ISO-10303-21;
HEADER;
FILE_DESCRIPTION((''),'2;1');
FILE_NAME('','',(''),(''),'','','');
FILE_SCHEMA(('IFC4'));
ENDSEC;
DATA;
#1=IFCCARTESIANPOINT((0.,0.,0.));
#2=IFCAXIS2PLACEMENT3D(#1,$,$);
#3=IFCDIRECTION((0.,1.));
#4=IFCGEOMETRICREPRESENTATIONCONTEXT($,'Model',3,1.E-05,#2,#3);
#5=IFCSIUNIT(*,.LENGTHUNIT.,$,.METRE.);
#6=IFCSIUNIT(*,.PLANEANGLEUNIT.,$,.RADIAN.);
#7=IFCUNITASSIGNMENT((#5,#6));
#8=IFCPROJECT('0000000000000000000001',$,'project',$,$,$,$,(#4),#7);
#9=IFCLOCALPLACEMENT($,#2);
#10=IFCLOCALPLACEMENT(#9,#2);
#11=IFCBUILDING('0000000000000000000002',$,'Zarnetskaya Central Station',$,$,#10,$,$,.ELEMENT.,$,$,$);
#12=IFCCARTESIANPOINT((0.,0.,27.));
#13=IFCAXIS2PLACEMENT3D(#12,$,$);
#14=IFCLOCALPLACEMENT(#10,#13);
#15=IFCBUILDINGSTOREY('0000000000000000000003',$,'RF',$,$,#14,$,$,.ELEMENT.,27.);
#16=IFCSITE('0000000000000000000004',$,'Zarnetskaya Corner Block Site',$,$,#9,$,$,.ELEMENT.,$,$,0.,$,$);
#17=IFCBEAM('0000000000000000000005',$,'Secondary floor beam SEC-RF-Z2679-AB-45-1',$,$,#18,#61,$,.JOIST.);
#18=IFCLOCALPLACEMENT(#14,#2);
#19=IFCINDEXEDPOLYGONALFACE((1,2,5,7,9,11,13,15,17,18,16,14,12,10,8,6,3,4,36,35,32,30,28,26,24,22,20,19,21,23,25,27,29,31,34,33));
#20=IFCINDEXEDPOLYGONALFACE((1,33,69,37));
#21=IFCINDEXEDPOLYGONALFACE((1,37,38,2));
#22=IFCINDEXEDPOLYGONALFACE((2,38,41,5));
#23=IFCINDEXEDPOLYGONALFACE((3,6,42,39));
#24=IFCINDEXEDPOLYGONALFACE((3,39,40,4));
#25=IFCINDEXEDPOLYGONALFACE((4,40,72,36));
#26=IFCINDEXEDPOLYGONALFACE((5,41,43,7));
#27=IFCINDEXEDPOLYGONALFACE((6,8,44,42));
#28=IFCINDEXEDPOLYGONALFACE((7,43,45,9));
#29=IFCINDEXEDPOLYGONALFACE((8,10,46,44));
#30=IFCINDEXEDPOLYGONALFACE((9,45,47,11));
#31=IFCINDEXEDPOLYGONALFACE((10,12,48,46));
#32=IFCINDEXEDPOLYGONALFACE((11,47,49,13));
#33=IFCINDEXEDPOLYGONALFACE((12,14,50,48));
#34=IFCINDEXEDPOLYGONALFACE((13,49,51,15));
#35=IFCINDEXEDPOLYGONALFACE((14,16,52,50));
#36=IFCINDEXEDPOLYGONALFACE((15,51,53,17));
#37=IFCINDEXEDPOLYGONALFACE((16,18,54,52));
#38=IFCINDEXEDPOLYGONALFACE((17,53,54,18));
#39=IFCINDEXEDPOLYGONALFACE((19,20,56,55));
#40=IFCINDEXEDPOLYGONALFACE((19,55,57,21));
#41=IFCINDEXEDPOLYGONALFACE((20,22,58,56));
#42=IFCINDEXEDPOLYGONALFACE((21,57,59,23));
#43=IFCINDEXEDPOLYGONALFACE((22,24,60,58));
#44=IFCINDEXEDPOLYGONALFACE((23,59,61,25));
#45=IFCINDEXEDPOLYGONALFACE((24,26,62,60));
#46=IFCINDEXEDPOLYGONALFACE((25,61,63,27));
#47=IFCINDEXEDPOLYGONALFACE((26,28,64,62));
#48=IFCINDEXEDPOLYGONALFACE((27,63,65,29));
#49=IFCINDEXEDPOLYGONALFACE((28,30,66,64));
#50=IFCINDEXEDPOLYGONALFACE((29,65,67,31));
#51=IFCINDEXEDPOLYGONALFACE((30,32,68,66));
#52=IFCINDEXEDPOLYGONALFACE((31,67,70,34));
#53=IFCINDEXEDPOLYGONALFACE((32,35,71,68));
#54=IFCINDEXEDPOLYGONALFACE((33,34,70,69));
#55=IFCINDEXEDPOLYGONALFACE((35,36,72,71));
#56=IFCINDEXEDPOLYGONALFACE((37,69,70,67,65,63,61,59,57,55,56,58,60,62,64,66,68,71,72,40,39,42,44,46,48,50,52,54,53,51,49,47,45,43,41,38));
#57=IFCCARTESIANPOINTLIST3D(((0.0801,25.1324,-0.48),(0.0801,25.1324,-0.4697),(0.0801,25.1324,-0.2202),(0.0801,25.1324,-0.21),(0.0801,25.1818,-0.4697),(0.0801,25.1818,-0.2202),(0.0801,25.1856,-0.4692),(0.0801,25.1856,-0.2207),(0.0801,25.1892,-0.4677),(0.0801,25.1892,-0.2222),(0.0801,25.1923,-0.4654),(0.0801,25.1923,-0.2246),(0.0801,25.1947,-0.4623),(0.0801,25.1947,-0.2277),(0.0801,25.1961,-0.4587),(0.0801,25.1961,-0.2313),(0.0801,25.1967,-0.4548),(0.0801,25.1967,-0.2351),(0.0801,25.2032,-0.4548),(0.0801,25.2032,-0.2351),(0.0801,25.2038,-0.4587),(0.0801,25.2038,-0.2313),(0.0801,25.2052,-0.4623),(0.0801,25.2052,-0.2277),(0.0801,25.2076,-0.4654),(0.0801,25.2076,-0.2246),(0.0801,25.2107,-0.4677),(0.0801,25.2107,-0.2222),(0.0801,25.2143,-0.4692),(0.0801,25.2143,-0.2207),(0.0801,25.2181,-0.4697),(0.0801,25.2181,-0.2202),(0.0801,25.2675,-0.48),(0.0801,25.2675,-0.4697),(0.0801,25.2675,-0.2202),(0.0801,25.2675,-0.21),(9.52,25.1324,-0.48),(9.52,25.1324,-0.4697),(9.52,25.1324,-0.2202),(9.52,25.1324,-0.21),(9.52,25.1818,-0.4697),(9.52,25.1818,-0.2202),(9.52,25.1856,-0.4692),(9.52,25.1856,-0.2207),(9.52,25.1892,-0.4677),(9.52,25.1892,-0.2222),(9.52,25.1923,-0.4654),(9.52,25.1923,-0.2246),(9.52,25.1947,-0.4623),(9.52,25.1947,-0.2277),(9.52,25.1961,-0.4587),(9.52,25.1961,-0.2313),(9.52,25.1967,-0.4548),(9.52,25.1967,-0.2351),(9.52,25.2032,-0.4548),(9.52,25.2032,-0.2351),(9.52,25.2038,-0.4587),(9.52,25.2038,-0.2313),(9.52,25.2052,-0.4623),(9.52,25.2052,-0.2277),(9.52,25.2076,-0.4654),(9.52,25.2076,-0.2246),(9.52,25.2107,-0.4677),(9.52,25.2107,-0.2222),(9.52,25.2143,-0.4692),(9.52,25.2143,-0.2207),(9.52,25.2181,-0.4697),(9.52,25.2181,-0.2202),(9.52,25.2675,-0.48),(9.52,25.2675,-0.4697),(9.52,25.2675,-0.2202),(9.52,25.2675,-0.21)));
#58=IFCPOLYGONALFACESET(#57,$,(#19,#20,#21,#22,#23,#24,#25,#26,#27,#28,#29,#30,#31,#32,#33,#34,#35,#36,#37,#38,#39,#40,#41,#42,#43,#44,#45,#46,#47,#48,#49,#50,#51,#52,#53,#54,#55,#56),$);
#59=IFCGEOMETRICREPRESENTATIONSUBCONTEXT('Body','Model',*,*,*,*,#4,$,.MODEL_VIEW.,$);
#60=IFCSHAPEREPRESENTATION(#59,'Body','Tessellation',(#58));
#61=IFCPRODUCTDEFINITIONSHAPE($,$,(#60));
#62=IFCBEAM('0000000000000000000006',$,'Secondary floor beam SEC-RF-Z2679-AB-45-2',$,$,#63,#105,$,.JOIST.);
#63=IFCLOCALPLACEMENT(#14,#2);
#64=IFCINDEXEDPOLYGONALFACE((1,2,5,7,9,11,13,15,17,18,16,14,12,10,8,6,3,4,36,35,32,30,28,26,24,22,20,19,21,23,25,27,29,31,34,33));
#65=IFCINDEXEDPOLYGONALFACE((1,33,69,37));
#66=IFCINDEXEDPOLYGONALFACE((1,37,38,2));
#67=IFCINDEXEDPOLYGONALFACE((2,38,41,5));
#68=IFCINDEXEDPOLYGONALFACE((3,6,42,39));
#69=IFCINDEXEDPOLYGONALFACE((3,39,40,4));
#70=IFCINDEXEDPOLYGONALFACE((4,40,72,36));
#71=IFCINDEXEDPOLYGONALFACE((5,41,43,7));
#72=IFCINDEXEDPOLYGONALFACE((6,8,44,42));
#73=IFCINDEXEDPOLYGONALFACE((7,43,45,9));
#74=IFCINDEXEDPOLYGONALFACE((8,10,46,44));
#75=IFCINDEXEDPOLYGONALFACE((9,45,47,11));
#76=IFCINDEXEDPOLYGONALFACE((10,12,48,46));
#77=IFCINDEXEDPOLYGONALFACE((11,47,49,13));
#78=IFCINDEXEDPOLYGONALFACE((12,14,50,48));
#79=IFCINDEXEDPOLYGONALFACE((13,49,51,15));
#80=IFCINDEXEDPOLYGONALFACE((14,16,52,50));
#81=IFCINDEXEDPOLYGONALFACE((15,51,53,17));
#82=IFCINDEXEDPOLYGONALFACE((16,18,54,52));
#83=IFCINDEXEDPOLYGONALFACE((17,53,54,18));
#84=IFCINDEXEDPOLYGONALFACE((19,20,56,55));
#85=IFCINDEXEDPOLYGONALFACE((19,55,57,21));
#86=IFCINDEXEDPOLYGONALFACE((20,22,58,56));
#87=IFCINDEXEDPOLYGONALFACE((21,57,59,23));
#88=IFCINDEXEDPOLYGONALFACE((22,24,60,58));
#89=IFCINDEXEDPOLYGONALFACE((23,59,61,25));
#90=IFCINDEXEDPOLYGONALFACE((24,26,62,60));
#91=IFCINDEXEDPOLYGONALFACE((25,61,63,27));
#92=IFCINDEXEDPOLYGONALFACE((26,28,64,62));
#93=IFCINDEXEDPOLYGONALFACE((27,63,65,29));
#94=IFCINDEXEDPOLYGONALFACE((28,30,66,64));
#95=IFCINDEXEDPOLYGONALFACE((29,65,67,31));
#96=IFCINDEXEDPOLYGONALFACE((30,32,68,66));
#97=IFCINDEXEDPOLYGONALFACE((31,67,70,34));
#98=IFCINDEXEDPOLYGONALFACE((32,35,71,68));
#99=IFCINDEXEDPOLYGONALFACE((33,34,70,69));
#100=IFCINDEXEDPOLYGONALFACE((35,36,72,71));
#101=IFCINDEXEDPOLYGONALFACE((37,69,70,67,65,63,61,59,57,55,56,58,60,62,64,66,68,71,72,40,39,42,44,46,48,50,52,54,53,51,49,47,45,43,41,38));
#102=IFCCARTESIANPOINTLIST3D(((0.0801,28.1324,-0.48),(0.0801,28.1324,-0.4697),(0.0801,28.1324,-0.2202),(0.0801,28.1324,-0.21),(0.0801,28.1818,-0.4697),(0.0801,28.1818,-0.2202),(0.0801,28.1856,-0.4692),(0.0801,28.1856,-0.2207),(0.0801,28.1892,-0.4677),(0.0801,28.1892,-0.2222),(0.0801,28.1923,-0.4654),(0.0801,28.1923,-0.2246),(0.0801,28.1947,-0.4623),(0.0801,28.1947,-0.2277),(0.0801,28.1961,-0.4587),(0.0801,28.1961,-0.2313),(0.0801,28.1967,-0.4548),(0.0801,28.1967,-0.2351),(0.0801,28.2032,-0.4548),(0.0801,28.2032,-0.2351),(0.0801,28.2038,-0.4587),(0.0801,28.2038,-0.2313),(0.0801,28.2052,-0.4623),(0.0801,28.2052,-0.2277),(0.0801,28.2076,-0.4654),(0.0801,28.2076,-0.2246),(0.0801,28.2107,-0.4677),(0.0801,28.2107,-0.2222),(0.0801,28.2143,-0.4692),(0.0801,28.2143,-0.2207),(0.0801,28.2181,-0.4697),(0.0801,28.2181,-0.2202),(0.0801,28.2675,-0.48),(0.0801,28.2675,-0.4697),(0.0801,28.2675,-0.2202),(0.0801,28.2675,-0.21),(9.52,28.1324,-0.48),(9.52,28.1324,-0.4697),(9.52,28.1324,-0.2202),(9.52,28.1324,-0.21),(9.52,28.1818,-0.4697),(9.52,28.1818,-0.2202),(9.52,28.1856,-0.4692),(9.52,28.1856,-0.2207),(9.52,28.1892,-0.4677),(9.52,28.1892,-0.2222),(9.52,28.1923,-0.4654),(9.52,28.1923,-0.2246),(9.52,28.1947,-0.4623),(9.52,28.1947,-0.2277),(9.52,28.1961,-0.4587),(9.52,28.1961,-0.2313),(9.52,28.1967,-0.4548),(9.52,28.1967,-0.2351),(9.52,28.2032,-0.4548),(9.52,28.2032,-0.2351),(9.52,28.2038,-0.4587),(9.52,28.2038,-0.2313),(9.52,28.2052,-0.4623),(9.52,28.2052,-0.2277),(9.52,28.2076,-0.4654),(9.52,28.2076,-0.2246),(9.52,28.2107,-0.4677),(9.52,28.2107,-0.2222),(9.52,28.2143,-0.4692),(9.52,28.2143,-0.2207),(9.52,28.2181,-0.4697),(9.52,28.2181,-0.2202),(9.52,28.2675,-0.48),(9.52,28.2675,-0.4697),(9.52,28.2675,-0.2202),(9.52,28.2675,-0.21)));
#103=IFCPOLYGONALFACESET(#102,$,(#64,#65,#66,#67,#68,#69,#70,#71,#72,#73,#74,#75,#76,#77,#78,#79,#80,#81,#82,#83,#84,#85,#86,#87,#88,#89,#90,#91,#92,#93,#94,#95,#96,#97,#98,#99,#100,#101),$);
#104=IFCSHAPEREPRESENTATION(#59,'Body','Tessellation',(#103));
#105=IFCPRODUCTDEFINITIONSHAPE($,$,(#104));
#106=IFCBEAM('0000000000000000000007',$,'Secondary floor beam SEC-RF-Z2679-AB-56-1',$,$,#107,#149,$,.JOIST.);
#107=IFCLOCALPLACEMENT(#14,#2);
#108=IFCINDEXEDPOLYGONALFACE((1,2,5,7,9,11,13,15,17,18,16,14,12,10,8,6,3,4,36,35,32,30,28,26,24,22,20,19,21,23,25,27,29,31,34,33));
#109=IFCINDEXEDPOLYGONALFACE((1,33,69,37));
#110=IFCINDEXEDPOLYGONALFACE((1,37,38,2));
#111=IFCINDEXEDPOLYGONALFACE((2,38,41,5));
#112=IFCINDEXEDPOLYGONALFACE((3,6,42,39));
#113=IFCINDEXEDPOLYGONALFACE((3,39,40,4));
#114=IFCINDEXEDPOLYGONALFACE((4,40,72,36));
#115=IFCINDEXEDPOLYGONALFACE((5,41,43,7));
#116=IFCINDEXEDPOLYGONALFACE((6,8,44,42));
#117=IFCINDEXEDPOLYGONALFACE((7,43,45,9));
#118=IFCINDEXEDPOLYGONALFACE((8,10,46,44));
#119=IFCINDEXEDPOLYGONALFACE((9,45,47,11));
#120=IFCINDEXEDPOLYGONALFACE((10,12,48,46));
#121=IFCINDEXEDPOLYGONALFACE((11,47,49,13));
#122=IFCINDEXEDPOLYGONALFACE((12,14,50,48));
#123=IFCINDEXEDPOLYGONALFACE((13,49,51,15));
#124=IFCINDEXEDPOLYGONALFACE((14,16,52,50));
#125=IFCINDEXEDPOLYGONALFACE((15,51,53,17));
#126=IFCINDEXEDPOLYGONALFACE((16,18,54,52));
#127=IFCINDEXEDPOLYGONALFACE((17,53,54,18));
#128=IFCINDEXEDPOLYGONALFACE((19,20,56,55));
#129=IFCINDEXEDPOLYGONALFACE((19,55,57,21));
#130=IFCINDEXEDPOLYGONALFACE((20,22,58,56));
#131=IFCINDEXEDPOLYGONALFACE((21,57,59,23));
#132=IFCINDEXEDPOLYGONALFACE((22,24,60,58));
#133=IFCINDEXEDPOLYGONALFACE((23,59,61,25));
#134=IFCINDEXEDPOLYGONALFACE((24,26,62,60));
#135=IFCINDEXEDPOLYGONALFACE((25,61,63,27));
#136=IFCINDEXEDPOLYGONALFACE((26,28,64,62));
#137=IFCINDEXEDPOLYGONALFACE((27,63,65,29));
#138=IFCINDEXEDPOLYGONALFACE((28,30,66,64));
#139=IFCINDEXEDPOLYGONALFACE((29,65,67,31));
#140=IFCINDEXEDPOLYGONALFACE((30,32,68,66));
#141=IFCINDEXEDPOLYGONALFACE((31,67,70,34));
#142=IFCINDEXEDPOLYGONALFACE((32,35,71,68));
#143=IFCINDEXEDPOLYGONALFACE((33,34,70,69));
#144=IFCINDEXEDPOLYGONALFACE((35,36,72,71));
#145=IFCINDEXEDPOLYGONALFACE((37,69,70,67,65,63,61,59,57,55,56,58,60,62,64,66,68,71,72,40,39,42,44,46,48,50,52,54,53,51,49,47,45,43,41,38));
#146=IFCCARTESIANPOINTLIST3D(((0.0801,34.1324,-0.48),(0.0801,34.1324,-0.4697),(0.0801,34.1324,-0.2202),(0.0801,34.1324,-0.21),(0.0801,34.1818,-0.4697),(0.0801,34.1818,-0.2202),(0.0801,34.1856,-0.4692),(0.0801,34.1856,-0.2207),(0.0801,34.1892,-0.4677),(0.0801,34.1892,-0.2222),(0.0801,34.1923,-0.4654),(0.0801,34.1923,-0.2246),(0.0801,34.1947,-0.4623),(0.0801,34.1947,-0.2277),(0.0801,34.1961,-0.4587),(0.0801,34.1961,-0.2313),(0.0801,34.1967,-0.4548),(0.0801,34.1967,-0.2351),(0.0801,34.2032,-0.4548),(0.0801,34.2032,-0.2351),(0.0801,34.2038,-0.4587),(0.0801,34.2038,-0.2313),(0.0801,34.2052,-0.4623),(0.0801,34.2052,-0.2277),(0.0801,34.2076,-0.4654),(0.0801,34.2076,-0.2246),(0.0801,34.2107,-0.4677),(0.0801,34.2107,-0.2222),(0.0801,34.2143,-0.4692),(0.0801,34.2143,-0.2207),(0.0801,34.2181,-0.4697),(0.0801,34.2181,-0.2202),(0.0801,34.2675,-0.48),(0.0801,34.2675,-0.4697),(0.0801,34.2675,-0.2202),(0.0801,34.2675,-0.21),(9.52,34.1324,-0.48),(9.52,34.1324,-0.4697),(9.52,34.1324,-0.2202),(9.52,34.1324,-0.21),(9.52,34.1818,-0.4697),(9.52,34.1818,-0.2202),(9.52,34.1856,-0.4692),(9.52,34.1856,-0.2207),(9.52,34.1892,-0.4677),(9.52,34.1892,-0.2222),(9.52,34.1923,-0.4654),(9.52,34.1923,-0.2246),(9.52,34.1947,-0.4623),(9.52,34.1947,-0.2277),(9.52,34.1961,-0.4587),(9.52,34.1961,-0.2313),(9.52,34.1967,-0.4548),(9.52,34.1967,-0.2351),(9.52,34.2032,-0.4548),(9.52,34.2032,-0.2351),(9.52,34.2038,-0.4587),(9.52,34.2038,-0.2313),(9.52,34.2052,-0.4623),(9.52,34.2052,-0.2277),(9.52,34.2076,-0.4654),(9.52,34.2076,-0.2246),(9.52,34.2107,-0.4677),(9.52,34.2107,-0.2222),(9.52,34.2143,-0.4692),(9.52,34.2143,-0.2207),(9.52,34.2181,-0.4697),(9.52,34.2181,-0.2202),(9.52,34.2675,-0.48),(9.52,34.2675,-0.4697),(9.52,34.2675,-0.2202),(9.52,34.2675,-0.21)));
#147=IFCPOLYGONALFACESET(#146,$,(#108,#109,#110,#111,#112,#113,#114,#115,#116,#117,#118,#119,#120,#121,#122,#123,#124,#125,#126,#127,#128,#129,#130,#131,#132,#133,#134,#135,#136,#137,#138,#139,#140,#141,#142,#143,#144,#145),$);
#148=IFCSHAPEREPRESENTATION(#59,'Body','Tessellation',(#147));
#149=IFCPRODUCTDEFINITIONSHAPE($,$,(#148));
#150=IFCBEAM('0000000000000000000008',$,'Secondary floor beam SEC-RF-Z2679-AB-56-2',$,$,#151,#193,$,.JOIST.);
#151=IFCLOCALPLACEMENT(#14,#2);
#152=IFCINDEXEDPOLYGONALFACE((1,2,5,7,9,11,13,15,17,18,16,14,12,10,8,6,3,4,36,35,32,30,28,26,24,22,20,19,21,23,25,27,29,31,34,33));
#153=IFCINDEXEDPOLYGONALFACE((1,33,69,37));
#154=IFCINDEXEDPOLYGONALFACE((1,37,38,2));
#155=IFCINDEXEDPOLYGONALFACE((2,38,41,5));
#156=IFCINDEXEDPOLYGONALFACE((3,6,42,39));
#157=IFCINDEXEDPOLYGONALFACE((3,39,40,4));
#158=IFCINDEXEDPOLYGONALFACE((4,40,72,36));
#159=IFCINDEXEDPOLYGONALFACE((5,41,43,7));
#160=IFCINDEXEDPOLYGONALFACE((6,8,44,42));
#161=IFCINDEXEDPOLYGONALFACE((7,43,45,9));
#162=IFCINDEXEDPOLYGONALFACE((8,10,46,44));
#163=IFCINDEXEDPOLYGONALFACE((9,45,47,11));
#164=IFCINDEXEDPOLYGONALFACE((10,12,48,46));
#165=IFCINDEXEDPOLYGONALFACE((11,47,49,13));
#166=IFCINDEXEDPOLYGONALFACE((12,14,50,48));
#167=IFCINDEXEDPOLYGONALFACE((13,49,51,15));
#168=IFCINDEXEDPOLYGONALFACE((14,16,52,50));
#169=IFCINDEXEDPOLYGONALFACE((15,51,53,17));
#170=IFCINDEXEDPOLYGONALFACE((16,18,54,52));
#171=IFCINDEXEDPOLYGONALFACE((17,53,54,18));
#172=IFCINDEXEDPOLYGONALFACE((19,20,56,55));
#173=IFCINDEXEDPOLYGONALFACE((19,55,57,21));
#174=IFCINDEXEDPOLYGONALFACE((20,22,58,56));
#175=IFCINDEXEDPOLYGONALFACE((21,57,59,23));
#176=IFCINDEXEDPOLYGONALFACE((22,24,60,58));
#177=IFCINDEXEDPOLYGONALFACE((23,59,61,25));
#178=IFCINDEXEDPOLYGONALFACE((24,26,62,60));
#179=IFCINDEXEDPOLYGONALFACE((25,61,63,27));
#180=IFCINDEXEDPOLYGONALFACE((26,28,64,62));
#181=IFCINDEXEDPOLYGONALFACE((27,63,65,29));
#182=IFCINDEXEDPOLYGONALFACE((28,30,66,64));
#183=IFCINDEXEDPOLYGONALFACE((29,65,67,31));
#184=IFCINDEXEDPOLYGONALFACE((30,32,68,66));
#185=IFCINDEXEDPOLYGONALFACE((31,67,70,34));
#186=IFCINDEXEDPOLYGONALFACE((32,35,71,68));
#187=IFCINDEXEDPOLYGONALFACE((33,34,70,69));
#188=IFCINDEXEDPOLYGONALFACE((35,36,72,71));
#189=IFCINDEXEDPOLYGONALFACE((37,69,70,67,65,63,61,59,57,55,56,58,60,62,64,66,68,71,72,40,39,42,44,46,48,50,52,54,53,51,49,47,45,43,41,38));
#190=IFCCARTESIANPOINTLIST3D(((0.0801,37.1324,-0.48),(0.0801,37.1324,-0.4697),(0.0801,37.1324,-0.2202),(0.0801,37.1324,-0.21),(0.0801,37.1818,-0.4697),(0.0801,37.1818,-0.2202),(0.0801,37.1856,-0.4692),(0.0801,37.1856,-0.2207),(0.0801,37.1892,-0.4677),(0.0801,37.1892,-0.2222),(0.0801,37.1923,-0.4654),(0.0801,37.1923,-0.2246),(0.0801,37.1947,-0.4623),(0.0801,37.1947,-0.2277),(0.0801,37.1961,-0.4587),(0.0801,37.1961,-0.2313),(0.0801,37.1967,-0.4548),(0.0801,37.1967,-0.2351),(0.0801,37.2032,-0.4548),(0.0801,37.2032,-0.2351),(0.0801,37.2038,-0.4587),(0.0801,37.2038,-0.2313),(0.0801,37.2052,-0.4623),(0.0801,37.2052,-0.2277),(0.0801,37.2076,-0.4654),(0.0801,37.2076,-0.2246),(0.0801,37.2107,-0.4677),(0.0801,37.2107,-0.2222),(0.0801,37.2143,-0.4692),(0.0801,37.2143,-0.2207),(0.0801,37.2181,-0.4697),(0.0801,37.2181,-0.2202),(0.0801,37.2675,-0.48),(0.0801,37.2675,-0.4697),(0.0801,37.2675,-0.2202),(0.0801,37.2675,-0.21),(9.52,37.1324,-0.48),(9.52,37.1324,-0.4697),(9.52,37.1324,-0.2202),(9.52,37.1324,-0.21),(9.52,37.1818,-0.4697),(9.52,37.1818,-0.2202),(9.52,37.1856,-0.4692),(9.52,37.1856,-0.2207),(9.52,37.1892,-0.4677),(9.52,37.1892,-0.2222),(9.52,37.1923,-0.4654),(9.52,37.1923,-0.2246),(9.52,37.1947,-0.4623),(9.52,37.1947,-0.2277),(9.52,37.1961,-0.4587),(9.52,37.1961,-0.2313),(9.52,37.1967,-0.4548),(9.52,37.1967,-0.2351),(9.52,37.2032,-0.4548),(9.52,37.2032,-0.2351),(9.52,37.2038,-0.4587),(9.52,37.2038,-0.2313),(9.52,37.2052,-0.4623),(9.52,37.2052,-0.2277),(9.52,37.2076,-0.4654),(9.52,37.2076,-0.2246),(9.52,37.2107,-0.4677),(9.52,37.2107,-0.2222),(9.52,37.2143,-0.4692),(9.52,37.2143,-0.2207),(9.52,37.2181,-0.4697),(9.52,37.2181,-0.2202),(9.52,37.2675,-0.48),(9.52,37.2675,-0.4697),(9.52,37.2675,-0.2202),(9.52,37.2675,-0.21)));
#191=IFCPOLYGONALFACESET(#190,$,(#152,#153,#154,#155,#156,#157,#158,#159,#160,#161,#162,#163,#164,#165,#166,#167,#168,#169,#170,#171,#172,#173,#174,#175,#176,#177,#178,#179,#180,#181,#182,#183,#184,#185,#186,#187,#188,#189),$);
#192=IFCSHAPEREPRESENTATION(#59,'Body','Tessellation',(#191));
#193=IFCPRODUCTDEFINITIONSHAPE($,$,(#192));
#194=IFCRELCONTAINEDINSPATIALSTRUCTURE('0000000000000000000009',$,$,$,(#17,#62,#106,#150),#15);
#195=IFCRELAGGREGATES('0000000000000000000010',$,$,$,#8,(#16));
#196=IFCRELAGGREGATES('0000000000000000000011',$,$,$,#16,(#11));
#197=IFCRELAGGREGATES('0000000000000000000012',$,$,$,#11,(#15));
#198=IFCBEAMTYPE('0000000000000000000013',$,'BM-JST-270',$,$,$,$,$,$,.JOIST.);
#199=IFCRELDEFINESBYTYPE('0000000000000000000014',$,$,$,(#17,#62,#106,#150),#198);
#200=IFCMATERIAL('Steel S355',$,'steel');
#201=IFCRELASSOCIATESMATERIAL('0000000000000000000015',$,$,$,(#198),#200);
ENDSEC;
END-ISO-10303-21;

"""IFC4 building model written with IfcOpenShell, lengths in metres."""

from ifc_helpers import new_model, si_unit, direction, frame, origin, origin_2d, place, context, subcontext, project, spatial, i_section, extrude, material, material_profile, profile_set, type_object, element, save


model = new_model("IFC4")

# Units and contexts
model_context = context("Model", 3, precision=1e-05, world=origin(), true_north=direction((0.0, 1.0)))
body_context = subcontext(model_context, "Body", "Model", "MODEL_VIEW")
ifc_project = project(units=[si_unit("LENGTHUNIT", "METRE"), si_unit("PLANEANGLEUNIT", "RADIAN")], contexts=[model_context])

# Site, building, storey
site_placement = place(None, origin())
site = spatial("IfcSite", under=ifc_project, at=site_placement, Name="Zarnetskaya Corner Block Site", CompositionType="ELEMENT", RefElevation=0.0)
building_placement = place(site_placement, origin())
building = spatial("IfcBuilding", under=site, at=building_placement, Name="Zarnetskaya Central Station", CompositionType="ELEMENT")
storey_placement = place(building_placement, frame((0.0, 0.0, 27.0)))
storey = spatial("IfcBuildingStorey", under=building, at=storey_placement, Name="RF", CompositionType="ELEMENT", Elevation=27.0)

# Beams
ifc_material_1 = material(Name="Steel S355", Category="steel")
ifc_material_profile_1 = material_profile(ifc_material_1, i_section(OverallWidth=0.135, OverallDepth=0.27, WebThickness=0.0066, FlangeThickness=0.0103, FilletRadius=0.0149, at=origin_2d()), Name="IPE 270")
ifc_profile_set_1 = profile_set([ifc_material_profile_1], Name="Steel S355")
beam_type_1 = type_object("IfcBeamType", Name="BM-JST-270", PredefinedType="JOIST", material=ifc_profile_set_1)
for number, where, z_axis, x_axis, name in (
    (1, (0.0801, 25.2, -0.345), (1.0, 0.0, 0.0), (0.0, 1.0, 0.0), "Secondary floor beam SEC-RF-Z2679-AB-45-1"),
    (2, (0.0801, 28.2, -0.345), (1.0, 0.0, 0.0), (0.0, 1.0, 0.0), "Secondary floor beam SEC-RF-Z2679-AB-45-2"),
    (3, (0.0801, 34.2, -0.345), (1.0, 0.0, 0.0), (0.0, 1.0, 0.0), "Secondary floor beam SEC-RF-Z2679-AB-56-1"),
    (4, (0.0801, 37.2, -0.345), (1.0, 0.0, 0.0), (0.0, 1.0, 0.0), "Secondary floor beam SEC-RF-Z2679-AB-56-2"),
):
    element("IfcBeam", number, at=place(storey_placement, frame(where, z_axis=z_axis, x_axis=x_axis)), inside=storey, type_object=beam_type_1, Name=name, PredefinedType="JOIST", context=body_context, shape_type="SweptSolid", body=[
        extrude(i_section(OverallWidth=0.135, OverallDepth=0.27, WebThickness=0.0066, FlangeThickness=0.0103, FilletRadius=0.0149, at=origin_2d()), origin(), (0.0, 0.0, 1.0), 9.4399),
    ])

save(model, "model.ifc")
